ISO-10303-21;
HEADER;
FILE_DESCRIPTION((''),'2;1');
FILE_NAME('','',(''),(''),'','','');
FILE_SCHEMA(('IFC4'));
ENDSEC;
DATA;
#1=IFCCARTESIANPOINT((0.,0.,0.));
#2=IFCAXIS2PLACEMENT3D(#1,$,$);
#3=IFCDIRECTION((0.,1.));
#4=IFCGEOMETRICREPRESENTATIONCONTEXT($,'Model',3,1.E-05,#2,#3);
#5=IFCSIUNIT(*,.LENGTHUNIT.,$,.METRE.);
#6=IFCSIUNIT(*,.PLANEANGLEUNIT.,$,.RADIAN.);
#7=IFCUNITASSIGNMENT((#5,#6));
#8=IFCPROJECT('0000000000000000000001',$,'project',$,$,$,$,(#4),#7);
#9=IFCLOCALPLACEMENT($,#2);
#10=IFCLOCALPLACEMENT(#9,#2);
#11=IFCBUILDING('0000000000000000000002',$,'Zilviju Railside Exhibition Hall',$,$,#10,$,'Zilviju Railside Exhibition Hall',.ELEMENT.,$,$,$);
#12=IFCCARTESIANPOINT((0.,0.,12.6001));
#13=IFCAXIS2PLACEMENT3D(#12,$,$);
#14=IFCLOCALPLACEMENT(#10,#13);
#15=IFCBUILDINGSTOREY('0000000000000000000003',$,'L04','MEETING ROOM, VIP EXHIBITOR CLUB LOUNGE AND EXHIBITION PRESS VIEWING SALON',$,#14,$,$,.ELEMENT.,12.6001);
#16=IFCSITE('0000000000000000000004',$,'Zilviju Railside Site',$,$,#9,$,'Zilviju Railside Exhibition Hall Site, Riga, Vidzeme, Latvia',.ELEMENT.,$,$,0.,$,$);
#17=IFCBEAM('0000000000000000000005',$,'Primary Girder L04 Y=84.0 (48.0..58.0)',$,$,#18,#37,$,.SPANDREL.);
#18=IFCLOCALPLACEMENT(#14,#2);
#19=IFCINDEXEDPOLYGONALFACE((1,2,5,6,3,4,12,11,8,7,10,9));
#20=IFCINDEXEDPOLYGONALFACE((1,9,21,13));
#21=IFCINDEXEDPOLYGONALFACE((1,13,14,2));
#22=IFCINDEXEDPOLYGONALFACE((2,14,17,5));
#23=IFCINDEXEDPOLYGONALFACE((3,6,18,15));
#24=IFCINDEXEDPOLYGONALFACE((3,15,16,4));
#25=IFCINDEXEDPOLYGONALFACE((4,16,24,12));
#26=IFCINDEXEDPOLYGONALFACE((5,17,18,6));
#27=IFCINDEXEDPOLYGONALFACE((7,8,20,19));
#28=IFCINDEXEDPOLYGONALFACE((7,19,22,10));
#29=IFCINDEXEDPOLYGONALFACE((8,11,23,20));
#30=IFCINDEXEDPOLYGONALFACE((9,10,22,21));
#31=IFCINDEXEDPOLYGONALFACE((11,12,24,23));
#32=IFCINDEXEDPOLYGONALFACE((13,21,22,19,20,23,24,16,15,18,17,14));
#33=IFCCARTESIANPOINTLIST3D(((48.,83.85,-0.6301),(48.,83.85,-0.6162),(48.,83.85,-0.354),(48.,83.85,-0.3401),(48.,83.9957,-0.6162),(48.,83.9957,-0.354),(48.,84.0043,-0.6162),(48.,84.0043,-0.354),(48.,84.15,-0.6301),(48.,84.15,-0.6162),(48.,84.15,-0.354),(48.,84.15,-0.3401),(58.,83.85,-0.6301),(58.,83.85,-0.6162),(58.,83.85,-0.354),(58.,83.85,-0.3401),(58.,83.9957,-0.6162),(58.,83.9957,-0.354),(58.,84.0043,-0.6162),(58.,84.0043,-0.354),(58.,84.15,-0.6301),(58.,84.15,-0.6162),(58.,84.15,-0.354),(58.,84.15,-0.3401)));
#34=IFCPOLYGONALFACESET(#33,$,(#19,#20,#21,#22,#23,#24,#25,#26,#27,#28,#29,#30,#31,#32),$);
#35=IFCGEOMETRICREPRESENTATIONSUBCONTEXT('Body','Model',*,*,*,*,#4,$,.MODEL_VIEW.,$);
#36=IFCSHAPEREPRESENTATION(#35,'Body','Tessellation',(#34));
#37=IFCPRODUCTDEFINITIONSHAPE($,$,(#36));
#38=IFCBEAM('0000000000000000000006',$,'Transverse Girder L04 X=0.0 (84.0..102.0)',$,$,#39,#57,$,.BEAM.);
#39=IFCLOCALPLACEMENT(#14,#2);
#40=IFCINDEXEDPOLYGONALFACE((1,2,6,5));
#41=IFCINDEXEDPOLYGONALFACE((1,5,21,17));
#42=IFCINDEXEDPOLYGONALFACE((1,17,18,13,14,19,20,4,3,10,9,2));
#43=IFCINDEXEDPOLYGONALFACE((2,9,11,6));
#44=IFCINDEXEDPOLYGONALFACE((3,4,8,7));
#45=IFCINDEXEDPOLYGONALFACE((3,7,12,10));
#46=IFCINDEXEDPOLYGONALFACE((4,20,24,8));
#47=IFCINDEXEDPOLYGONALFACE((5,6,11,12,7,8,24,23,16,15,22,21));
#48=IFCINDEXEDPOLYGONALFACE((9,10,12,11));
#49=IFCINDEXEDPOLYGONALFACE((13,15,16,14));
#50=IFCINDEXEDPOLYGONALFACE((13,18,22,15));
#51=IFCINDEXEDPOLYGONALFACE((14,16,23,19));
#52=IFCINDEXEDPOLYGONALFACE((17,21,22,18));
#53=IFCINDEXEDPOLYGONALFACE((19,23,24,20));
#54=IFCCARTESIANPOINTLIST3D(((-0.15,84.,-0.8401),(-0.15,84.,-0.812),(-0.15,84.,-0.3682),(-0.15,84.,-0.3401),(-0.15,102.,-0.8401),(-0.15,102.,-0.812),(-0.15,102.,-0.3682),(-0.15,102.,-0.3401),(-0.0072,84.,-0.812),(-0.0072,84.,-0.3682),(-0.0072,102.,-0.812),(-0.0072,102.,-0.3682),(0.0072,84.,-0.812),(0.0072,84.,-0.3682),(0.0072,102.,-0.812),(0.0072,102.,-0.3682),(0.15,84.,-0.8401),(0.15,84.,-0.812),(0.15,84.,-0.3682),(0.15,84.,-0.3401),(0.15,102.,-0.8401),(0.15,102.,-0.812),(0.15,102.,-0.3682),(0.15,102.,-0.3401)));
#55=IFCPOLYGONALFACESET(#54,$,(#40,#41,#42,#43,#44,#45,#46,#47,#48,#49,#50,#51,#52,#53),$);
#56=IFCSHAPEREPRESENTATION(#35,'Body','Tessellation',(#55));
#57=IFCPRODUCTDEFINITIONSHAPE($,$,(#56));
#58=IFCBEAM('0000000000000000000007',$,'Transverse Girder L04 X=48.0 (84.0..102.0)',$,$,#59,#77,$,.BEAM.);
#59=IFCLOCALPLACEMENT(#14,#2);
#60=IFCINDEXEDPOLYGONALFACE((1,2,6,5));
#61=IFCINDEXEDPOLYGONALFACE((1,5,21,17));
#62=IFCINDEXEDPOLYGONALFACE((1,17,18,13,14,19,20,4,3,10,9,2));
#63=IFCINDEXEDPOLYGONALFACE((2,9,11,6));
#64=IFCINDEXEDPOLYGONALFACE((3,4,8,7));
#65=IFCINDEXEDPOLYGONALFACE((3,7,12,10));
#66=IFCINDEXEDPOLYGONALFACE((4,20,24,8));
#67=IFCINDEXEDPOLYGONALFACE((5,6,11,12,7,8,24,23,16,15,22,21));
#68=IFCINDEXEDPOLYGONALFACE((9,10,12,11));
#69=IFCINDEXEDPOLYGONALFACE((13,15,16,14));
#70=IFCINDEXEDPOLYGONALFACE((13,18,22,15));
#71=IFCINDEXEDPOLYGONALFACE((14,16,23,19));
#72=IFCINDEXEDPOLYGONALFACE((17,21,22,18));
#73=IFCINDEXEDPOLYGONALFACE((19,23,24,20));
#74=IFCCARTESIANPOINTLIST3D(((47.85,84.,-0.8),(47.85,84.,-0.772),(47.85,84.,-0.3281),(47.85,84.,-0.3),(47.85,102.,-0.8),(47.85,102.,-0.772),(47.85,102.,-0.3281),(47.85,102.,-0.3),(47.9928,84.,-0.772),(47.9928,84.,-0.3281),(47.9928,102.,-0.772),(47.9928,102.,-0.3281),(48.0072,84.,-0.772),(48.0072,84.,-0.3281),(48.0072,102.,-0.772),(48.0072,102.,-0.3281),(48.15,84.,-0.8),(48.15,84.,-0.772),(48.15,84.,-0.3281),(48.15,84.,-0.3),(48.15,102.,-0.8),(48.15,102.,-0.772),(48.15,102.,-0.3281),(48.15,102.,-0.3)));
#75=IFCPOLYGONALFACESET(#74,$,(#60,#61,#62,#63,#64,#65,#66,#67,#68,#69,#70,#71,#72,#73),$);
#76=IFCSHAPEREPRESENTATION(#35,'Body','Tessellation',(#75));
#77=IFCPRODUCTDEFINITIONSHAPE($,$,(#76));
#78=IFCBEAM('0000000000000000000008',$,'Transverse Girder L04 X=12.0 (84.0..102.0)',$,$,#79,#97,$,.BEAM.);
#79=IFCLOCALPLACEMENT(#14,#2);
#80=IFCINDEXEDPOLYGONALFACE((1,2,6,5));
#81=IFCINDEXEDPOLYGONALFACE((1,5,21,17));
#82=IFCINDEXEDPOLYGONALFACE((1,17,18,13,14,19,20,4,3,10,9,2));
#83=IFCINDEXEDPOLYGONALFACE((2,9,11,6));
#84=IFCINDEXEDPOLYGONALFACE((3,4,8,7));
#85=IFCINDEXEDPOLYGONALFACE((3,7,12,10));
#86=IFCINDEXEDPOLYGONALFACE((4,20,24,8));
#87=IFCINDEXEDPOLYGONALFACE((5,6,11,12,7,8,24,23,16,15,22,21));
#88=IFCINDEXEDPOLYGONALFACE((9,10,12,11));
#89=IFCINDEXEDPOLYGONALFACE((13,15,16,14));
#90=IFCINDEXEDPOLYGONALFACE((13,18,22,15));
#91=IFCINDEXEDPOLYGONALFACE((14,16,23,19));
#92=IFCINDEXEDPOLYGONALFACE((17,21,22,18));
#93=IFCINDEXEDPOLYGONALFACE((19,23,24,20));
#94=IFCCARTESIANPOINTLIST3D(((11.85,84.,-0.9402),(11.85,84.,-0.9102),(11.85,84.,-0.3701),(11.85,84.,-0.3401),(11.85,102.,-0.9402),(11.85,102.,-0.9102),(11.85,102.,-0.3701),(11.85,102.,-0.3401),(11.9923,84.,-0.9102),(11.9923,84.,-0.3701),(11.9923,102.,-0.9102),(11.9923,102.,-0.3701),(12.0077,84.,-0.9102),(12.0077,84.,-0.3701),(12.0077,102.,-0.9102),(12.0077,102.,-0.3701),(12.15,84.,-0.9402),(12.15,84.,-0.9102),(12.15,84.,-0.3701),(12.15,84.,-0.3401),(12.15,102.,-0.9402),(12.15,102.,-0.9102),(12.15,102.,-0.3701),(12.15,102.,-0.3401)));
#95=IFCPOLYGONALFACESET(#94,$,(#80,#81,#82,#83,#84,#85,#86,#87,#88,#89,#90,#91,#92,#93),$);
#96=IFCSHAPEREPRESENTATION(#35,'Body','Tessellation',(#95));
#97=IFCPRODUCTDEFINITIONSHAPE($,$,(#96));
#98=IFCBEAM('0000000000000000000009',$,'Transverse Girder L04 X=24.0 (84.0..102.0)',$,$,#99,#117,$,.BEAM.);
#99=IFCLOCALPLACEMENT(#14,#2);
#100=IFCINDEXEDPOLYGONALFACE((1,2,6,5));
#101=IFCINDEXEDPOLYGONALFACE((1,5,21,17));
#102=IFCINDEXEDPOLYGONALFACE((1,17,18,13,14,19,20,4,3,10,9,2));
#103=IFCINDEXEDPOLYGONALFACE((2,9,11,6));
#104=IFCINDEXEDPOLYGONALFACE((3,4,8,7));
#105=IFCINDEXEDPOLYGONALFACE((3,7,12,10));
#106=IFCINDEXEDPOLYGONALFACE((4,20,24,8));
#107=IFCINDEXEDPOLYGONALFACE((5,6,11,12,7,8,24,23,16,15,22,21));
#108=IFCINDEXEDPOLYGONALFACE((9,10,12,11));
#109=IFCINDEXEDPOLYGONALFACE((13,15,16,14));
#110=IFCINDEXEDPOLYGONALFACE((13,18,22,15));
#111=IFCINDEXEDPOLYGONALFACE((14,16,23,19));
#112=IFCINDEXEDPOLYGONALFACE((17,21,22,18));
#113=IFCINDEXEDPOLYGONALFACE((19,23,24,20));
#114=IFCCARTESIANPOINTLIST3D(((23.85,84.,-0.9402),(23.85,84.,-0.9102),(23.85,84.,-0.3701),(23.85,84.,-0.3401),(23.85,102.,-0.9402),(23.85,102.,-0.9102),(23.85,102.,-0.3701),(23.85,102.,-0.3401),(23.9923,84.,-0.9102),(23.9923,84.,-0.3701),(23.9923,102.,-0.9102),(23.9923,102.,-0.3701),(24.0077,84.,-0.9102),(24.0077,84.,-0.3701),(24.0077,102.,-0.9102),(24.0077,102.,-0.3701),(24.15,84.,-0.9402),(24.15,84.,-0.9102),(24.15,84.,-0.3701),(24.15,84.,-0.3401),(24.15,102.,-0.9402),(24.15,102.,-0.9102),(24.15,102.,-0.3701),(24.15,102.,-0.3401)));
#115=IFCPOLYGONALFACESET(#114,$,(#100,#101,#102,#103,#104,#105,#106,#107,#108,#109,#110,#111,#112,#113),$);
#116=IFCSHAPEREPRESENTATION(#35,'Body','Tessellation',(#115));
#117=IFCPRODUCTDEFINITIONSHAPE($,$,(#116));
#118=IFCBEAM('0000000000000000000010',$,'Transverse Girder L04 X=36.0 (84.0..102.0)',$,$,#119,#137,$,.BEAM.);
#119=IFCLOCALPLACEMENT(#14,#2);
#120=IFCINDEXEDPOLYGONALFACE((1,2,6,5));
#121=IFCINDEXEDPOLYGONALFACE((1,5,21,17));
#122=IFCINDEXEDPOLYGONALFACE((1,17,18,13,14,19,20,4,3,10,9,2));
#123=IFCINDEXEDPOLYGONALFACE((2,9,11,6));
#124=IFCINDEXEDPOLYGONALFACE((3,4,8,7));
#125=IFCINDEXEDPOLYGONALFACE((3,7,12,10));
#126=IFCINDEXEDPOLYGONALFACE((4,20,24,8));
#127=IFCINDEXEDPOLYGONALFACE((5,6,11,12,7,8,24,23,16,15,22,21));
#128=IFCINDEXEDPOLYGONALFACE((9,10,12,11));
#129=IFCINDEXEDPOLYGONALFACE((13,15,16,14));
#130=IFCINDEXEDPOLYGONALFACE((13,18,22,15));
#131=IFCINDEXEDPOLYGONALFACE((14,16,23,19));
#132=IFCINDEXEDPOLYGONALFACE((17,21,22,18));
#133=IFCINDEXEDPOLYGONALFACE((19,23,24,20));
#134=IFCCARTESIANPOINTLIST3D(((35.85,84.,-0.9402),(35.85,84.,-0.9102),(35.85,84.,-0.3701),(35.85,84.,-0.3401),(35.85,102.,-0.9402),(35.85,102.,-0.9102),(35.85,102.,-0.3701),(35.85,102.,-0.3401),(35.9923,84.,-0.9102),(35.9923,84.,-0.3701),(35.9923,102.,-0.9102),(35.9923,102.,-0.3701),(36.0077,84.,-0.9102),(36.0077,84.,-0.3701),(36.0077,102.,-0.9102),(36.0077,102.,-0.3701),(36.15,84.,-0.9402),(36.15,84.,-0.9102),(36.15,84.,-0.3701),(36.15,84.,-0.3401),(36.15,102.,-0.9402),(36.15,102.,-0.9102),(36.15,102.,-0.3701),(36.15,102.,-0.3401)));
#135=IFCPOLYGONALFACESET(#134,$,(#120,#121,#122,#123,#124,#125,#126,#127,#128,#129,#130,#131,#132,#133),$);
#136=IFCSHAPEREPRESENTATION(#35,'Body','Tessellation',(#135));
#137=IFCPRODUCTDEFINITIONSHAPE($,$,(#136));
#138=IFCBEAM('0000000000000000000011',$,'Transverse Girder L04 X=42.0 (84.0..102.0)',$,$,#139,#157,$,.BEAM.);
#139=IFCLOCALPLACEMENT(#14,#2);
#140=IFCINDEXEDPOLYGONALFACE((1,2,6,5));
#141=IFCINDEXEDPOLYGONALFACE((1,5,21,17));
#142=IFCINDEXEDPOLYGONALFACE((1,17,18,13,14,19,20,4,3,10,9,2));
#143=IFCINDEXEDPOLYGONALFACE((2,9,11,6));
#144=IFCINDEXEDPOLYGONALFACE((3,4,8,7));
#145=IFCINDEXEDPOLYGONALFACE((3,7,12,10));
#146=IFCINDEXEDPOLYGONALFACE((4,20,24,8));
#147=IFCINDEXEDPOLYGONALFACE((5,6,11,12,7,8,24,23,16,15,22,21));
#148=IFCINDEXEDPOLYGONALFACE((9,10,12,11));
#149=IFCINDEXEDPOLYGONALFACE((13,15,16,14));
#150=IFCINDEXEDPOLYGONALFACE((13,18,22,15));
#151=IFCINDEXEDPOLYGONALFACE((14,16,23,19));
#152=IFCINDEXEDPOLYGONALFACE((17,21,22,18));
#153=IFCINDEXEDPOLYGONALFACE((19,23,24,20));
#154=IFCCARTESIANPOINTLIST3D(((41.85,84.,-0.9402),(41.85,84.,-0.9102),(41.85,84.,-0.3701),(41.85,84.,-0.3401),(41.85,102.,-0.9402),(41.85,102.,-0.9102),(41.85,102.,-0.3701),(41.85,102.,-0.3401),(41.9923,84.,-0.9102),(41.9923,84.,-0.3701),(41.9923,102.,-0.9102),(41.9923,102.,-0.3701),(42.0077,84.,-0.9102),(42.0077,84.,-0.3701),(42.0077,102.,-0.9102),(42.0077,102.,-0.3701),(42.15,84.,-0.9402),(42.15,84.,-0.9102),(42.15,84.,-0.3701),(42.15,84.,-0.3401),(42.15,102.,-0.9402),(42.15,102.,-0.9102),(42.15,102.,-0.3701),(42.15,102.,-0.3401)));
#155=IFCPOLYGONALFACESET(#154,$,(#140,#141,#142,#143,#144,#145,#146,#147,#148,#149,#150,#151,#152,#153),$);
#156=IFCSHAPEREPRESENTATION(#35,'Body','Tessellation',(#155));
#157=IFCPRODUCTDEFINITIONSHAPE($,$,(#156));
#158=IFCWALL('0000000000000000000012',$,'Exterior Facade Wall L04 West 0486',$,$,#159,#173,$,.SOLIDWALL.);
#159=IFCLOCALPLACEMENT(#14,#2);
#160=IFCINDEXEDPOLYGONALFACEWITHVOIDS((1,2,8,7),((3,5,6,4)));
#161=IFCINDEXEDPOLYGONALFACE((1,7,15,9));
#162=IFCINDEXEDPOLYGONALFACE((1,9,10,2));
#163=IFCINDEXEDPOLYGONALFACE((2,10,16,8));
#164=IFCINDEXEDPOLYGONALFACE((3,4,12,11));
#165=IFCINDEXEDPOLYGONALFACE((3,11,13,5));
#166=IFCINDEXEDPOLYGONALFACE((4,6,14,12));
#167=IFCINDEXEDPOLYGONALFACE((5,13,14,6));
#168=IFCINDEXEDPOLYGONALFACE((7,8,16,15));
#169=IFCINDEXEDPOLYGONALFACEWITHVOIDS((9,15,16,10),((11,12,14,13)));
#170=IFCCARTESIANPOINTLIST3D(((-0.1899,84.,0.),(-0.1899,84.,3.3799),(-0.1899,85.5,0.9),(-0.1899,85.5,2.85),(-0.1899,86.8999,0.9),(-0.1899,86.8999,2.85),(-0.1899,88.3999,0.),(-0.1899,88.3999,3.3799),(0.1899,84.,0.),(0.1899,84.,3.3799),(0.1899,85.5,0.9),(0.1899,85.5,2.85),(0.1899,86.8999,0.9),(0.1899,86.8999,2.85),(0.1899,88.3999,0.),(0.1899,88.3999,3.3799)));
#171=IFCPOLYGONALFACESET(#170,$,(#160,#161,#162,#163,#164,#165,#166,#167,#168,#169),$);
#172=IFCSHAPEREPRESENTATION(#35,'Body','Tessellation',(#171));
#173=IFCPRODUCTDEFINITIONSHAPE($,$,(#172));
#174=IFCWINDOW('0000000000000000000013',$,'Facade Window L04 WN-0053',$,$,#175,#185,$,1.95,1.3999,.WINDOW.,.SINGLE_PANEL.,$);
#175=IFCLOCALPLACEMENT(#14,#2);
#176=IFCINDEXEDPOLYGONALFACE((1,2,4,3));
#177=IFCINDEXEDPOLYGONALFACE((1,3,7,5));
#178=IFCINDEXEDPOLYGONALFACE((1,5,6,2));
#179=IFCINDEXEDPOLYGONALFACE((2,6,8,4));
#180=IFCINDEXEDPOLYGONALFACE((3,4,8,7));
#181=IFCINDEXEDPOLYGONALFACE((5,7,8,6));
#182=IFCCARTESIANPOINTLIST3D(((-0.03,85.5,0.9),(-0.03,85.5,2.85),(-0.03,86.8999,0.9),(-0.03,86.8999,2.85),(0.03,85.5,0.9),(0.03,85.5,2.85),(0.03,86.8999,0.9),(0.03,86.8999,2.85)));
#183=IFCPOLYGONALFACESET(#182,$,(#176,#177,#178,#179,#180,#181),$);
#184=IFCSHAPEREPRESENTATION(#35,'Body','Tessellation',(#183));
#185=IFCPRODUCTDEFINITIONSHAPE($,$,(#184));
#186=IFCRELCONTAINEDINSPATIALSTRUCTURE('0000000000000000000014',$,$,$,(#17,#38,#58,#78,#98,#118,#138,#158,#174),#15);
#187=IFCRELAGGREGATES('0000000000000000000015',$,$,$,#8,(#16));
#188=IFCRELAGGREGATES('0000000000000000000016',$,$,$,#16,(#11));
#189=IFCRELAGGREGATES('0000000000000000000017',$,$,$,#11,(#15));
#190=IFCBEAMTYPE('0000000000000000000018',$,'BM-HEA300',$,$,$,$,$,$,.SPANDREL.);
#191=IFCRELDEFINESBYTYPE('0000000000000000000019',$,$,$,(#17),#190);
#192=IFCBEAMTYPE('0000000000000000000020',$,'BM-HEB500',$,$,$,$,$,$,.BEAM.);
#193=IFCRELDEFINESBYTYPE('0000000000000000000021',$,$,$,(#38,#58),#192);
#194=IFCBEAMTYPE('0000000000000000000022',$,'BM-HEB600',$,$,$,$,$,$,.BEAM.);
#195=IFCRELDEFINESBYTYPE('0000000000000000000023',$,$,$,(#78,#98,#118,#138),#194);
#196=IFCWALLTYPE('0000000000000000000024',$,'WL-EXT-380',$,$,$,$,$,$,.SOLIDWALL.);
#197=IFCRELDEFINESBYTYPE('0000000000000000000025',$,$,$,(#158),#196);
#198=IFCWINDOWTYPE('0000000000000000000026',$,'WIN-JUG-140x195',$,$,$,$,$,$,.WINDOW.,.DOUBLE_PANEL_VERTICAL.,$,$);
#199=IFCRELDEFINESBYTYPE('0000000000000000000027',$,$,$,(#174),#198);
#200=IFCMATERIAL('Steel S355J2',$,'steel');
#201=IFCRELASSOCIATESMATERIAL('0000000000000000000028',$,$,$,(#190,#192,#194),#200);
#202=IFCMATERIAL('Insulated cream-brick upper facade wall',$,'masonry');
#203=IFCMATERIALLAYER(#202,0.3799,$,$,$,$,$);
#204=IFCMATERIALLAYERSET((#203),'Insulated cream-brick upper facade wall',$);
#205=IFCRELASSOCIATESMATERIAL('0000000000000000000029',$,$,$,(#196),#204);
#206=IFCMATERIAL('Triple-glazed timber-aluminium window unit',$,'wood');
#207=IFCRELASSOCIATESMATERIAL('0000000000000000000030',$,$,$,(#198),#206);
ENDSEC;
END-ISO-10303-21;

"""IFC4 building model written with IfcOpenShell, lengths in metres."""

from ifc_helpers import new_model, si_unit, direction, frame, frame_2d, origin, origin_2d, place, context, subcontext, project, spatial, rectangle, i_section, extrude, material, layer, layer_set, material_profile, profile_set, type_object, element, fill, save


model = new_model("IFC4")

# Units and contexts
model_context = context("Model", 3, precision=1e-05, world=origin(), true_north=direction((0.0, 1.0)))
body_context = subcontext(model_context, "Body", "Model", "MODEL_VIEW")
ifc_project = project(units=[si_unit("LENGTHUNIT", "METRE"), si_unit("PLANEANGLEUNIT", "RADIAN")], contexts=[model_context])

# Site, building, storey
site_placement = place(None, origin())
site = spatial("IfcSite", under=ifc_project, at=site_placement, Name="Zilviju Railside Site", LongName="Zilviju Railside Exhibition Hall Site, Riga, Vidzeme, Latvia", CompositionType="ELEMENT", RefElevation=0.0)
building_placement = place(site_placement, origin())
building = spatial("IfcBuilding", under=site, at=building_placement, Name="Zilviju Railside Exhibition Hall", LongName="Zilviju Railside Exhibition Hall", CompositionType="ELEMENT")
storey_placement = place(building_placement, frame((0.0, 0.0, 12.6001)))
storey = spatial("IfcBuildingStorey", under=building, at=storey_placement, Name="L04", Description="MEETING ROOM, VIP EXHIBITOR CLUB LOUNGE AND EXHIBITION PRESS VIEWING SALON", CompositionType="ELEMENT", Elevation=12.6001)

# Beams
ifc_material_1 = material(Name="Steel S355J2", Category="steel")
ifc_material_profile_1 = material_profile(ifc_material_1, i_section(OverallWidth=0.3, OverallDepth=0.29, WebThickness=0.0085, FlangeThickness=0.0139, at=origin_2d()), Name="HEA 300")
ifc_profile_set_1 = profile_set([ifc_material_profile_1], Name="Steel S355J2")
beam_type_1 = type_object("IfcBeamType", Name="BM-HEA300", PredefinedType="SPANDREL", material=ifc_profile_set_1)
beam_1_placement = place(storey_placement, frame((48.0, 84.0, -0.4851), z_axis=(1.0, 0.0, 0.0), x_axis=(0.0, 1.0, 0.0)))
element("IfcBeam", 1, at=beam_1_placement, inside=storey, type_object=beam_type_1, Name="Primary Girder L04 Y=84.0 (48.0..58.0)", PredefinedType="SPANDREL", context=body_context, shape_type="SweptSolid", body=[
    extrude(i_section(OverallWidth=0.3, OverallDepth=0.29, WebThickness=0.0085, FlangeThickness=0.0139, at=origin_2d()), origin(), (0.0, 0.0, 1.0), 10.0),
])
ifc_material_profile_2 = material_profile(ifc_material_1, i_section(OverallWidth=0.3, OverallDepth=0.5, WebThickness=0.0144, FlangeThickness=0.0281, at=origin_2d()), Name="HEB 500")
ifc_profile_set_2 = profile_set([ifc_material_profile_2], Name="Steel S355J2")
beam_type_2 = type_object("IfcBeamType", Name="BM-HEB500", PredefinedType="BEAM", material=ifc_profile_set_2)
for number, where, z_axis, x_axis, name in (
    (2, (0.0, 84.0, -0.5901), (0.0, 1.0, 0.0), (-1.0, 0.0, 0.0), "Transverse Girder L04 X=0.0 (84.0..102.0)"),
    (3, (48.0, 84.0, -0.55), (0.0, 1.0, 0.0), (-1.0, 0.0, 0.0), "Transverse Girder L04 X=48.0 (84.0..102.0)"),
):
    element("IfcBeam", number, at=place(storey_placement, frame(where, z_axis=z_axis, x_axis=x_axis)), inside=storey, type_object=beam_type_2, Name=name, PredefinedType="BEAM", context=body_context, shape_type="SweptSolid", body=[
        extrude(i_section(OverallWidth=0.3, OverallDepth=0.5, WebThickness=0.0144, FlangeThickness=0.0281, at=origin_2d()), origin(), (0.0, 0.0, 1.0), 18.0),
    ])
ifc_material_profile_3 = material_profile(ifc_material_1, i_section(OverallWidth=0.3, OverallDepth=0.6001, WebThickness=0.0154, FlangeThickness=0.03, at=origin_2d()), Name="HEB 600")
ifc_profile_set_3 = profile_set([ifc_material_profile_3], Name="Steel S355J2")
beam_type_3 = type_object("IfcBeamType", Name="BM-HEB600", PredefinedType="BEAM", material=ifc_profile_set_3)
for number, where, z_axis, x_axis, name in (
    (4, (12.0, 84.0, -0.6401), (0.0, 1.0, 0.0), (-1.0, 0.0, 0.0), "Transverse Girder L04 X=12.0 (84.0..102.0)"),
    (5, (24.0, 84.0, -0.6401), (0.0, 1.0, 0.0), (-1.0, 0.0, 0.0), "Transverse Girder L04 X=24.0 (84.0..102.0)"),
    (6, (36.0, 84.0, -0.6401), (0.0, 1.0, 0.0), (-1.0, 0.0, 0.0), "Transverse Girder L04 X=36.0 (84.0..102.0)"),
    (7, (42.0, 84.0, -0.6401), (0.0, 1.0, 0.0), (-1.0, 0.0, 0.0), "Transverse Girder L04 X=42.0 (84.0..102.0)"),
):
    element("IfcBeam", number, at=place(storey_placement, frame(where, z_axis=z_axis, x_axis=x_axis)), inside=storey, type_object=beam_type_3, Name=name, PredefinedType="BEAM", context=body_context, shape_type="SweptSolid", body=[
        extrude(i_section(OverallWidth=0.3, OverallDepth=0.6001, WebThickness=0.0154, FlangeThickness=0.03, at=origin_2d()), origin(), (0.0, 0.0, 1.0), 18.0),
    ])

# Wall, opening, window
ifc_material_2 = material(Name="Insulated cream-brick upper facade wall", Category="masonry")
ifc_layer = layer(ifc_material_2, 0.3799)
ifc_layer_set = layer_set([ifc_layer], Name="Insulated cream-brick upper facade wall")
wall_type = type_object("IfcWallType", Name="WL-EXT-380", PredefinedType="SOLIDWALL", material=ifc_layer_set)
wall_1_placement = place(storey_placement, frame((0.0, 84.0, 0.0), z_axis=(0.0, 0.0, 1.0), x_axis=(0.0, 1.0, 0.0)))
wall_1 = element("IfcWall", 8, at=wall_1_placement, inside=storey, type_object=wall_type, Name="Exterior Facade Wall L04 West 0486", PredefinedType="SOLIDWALL", context=body_context, shape_type="SweptSolid", body=[
    extrude(rectangle(XDim=4.3999, YDim=0.3799, at=frame_2d((2.2, 0.0))), origin(), (0.0, 0.0, 1.0), 3.3799),
])
opening_1_placement = place(wall_1_placement, frame((1.5, 0.0, 0.8999)))
opening_1 = element("IfcOpeningElement", 9, at=opening_1_placement, cuts=wall_1, PredefinedType="OPENING", context=body_context, shape_type="SweptSolid", body=[
    extrude(rectangle(XDim=1.3999, YDim=1.95, at=frame_2d((0.7, 0.9751))), frame((0.0, 0.2, 0.0), z_axis=(0.0, -1.0, 0.0), x_axis=(1.0, 0.0, 0.0)), (0.0, 0.0, 1.0), 0.3999),
])
ifc_material_3 = material(Name="Triple-glazed timber-aluminium window unit", Category="wood")
window_type_1 = type_object("IfcWindowType", Name="WIN-JUG-140x195", PartitioningType="DOUBLE_PANEL_VERTICAL", PredefinedType="WINDOW", material=ifc_material_3)
window_1_placement = place(opening_1_placement, origin())
window_1 = element("IfcWindow", 10, at=window_1_placement, inside=storey, type_object=window_type_1, Name="Facade Window L04 WN-0053", OverallHeight=1.95, OverallWidth=1.3999, PartitioningType="SINGLE_PANEL", PredefinedType="WINDOW", context=body_context, shape_type="SweptSolid", body=[
    extrude(rectangle(XDim=1.3999, YDim=1.95, at=frame_2d((0.7, 0.9751))), frame((0.0, 0.03, 0.0), z_axis=(0.0, -1.0, 0.0), x_axis=(1.0, 0.0, 0.0)), (0.0, 0.0, 1.0), 0.0601),
])
fill(opening_1, window_1)

save(model, "model.ifc")
